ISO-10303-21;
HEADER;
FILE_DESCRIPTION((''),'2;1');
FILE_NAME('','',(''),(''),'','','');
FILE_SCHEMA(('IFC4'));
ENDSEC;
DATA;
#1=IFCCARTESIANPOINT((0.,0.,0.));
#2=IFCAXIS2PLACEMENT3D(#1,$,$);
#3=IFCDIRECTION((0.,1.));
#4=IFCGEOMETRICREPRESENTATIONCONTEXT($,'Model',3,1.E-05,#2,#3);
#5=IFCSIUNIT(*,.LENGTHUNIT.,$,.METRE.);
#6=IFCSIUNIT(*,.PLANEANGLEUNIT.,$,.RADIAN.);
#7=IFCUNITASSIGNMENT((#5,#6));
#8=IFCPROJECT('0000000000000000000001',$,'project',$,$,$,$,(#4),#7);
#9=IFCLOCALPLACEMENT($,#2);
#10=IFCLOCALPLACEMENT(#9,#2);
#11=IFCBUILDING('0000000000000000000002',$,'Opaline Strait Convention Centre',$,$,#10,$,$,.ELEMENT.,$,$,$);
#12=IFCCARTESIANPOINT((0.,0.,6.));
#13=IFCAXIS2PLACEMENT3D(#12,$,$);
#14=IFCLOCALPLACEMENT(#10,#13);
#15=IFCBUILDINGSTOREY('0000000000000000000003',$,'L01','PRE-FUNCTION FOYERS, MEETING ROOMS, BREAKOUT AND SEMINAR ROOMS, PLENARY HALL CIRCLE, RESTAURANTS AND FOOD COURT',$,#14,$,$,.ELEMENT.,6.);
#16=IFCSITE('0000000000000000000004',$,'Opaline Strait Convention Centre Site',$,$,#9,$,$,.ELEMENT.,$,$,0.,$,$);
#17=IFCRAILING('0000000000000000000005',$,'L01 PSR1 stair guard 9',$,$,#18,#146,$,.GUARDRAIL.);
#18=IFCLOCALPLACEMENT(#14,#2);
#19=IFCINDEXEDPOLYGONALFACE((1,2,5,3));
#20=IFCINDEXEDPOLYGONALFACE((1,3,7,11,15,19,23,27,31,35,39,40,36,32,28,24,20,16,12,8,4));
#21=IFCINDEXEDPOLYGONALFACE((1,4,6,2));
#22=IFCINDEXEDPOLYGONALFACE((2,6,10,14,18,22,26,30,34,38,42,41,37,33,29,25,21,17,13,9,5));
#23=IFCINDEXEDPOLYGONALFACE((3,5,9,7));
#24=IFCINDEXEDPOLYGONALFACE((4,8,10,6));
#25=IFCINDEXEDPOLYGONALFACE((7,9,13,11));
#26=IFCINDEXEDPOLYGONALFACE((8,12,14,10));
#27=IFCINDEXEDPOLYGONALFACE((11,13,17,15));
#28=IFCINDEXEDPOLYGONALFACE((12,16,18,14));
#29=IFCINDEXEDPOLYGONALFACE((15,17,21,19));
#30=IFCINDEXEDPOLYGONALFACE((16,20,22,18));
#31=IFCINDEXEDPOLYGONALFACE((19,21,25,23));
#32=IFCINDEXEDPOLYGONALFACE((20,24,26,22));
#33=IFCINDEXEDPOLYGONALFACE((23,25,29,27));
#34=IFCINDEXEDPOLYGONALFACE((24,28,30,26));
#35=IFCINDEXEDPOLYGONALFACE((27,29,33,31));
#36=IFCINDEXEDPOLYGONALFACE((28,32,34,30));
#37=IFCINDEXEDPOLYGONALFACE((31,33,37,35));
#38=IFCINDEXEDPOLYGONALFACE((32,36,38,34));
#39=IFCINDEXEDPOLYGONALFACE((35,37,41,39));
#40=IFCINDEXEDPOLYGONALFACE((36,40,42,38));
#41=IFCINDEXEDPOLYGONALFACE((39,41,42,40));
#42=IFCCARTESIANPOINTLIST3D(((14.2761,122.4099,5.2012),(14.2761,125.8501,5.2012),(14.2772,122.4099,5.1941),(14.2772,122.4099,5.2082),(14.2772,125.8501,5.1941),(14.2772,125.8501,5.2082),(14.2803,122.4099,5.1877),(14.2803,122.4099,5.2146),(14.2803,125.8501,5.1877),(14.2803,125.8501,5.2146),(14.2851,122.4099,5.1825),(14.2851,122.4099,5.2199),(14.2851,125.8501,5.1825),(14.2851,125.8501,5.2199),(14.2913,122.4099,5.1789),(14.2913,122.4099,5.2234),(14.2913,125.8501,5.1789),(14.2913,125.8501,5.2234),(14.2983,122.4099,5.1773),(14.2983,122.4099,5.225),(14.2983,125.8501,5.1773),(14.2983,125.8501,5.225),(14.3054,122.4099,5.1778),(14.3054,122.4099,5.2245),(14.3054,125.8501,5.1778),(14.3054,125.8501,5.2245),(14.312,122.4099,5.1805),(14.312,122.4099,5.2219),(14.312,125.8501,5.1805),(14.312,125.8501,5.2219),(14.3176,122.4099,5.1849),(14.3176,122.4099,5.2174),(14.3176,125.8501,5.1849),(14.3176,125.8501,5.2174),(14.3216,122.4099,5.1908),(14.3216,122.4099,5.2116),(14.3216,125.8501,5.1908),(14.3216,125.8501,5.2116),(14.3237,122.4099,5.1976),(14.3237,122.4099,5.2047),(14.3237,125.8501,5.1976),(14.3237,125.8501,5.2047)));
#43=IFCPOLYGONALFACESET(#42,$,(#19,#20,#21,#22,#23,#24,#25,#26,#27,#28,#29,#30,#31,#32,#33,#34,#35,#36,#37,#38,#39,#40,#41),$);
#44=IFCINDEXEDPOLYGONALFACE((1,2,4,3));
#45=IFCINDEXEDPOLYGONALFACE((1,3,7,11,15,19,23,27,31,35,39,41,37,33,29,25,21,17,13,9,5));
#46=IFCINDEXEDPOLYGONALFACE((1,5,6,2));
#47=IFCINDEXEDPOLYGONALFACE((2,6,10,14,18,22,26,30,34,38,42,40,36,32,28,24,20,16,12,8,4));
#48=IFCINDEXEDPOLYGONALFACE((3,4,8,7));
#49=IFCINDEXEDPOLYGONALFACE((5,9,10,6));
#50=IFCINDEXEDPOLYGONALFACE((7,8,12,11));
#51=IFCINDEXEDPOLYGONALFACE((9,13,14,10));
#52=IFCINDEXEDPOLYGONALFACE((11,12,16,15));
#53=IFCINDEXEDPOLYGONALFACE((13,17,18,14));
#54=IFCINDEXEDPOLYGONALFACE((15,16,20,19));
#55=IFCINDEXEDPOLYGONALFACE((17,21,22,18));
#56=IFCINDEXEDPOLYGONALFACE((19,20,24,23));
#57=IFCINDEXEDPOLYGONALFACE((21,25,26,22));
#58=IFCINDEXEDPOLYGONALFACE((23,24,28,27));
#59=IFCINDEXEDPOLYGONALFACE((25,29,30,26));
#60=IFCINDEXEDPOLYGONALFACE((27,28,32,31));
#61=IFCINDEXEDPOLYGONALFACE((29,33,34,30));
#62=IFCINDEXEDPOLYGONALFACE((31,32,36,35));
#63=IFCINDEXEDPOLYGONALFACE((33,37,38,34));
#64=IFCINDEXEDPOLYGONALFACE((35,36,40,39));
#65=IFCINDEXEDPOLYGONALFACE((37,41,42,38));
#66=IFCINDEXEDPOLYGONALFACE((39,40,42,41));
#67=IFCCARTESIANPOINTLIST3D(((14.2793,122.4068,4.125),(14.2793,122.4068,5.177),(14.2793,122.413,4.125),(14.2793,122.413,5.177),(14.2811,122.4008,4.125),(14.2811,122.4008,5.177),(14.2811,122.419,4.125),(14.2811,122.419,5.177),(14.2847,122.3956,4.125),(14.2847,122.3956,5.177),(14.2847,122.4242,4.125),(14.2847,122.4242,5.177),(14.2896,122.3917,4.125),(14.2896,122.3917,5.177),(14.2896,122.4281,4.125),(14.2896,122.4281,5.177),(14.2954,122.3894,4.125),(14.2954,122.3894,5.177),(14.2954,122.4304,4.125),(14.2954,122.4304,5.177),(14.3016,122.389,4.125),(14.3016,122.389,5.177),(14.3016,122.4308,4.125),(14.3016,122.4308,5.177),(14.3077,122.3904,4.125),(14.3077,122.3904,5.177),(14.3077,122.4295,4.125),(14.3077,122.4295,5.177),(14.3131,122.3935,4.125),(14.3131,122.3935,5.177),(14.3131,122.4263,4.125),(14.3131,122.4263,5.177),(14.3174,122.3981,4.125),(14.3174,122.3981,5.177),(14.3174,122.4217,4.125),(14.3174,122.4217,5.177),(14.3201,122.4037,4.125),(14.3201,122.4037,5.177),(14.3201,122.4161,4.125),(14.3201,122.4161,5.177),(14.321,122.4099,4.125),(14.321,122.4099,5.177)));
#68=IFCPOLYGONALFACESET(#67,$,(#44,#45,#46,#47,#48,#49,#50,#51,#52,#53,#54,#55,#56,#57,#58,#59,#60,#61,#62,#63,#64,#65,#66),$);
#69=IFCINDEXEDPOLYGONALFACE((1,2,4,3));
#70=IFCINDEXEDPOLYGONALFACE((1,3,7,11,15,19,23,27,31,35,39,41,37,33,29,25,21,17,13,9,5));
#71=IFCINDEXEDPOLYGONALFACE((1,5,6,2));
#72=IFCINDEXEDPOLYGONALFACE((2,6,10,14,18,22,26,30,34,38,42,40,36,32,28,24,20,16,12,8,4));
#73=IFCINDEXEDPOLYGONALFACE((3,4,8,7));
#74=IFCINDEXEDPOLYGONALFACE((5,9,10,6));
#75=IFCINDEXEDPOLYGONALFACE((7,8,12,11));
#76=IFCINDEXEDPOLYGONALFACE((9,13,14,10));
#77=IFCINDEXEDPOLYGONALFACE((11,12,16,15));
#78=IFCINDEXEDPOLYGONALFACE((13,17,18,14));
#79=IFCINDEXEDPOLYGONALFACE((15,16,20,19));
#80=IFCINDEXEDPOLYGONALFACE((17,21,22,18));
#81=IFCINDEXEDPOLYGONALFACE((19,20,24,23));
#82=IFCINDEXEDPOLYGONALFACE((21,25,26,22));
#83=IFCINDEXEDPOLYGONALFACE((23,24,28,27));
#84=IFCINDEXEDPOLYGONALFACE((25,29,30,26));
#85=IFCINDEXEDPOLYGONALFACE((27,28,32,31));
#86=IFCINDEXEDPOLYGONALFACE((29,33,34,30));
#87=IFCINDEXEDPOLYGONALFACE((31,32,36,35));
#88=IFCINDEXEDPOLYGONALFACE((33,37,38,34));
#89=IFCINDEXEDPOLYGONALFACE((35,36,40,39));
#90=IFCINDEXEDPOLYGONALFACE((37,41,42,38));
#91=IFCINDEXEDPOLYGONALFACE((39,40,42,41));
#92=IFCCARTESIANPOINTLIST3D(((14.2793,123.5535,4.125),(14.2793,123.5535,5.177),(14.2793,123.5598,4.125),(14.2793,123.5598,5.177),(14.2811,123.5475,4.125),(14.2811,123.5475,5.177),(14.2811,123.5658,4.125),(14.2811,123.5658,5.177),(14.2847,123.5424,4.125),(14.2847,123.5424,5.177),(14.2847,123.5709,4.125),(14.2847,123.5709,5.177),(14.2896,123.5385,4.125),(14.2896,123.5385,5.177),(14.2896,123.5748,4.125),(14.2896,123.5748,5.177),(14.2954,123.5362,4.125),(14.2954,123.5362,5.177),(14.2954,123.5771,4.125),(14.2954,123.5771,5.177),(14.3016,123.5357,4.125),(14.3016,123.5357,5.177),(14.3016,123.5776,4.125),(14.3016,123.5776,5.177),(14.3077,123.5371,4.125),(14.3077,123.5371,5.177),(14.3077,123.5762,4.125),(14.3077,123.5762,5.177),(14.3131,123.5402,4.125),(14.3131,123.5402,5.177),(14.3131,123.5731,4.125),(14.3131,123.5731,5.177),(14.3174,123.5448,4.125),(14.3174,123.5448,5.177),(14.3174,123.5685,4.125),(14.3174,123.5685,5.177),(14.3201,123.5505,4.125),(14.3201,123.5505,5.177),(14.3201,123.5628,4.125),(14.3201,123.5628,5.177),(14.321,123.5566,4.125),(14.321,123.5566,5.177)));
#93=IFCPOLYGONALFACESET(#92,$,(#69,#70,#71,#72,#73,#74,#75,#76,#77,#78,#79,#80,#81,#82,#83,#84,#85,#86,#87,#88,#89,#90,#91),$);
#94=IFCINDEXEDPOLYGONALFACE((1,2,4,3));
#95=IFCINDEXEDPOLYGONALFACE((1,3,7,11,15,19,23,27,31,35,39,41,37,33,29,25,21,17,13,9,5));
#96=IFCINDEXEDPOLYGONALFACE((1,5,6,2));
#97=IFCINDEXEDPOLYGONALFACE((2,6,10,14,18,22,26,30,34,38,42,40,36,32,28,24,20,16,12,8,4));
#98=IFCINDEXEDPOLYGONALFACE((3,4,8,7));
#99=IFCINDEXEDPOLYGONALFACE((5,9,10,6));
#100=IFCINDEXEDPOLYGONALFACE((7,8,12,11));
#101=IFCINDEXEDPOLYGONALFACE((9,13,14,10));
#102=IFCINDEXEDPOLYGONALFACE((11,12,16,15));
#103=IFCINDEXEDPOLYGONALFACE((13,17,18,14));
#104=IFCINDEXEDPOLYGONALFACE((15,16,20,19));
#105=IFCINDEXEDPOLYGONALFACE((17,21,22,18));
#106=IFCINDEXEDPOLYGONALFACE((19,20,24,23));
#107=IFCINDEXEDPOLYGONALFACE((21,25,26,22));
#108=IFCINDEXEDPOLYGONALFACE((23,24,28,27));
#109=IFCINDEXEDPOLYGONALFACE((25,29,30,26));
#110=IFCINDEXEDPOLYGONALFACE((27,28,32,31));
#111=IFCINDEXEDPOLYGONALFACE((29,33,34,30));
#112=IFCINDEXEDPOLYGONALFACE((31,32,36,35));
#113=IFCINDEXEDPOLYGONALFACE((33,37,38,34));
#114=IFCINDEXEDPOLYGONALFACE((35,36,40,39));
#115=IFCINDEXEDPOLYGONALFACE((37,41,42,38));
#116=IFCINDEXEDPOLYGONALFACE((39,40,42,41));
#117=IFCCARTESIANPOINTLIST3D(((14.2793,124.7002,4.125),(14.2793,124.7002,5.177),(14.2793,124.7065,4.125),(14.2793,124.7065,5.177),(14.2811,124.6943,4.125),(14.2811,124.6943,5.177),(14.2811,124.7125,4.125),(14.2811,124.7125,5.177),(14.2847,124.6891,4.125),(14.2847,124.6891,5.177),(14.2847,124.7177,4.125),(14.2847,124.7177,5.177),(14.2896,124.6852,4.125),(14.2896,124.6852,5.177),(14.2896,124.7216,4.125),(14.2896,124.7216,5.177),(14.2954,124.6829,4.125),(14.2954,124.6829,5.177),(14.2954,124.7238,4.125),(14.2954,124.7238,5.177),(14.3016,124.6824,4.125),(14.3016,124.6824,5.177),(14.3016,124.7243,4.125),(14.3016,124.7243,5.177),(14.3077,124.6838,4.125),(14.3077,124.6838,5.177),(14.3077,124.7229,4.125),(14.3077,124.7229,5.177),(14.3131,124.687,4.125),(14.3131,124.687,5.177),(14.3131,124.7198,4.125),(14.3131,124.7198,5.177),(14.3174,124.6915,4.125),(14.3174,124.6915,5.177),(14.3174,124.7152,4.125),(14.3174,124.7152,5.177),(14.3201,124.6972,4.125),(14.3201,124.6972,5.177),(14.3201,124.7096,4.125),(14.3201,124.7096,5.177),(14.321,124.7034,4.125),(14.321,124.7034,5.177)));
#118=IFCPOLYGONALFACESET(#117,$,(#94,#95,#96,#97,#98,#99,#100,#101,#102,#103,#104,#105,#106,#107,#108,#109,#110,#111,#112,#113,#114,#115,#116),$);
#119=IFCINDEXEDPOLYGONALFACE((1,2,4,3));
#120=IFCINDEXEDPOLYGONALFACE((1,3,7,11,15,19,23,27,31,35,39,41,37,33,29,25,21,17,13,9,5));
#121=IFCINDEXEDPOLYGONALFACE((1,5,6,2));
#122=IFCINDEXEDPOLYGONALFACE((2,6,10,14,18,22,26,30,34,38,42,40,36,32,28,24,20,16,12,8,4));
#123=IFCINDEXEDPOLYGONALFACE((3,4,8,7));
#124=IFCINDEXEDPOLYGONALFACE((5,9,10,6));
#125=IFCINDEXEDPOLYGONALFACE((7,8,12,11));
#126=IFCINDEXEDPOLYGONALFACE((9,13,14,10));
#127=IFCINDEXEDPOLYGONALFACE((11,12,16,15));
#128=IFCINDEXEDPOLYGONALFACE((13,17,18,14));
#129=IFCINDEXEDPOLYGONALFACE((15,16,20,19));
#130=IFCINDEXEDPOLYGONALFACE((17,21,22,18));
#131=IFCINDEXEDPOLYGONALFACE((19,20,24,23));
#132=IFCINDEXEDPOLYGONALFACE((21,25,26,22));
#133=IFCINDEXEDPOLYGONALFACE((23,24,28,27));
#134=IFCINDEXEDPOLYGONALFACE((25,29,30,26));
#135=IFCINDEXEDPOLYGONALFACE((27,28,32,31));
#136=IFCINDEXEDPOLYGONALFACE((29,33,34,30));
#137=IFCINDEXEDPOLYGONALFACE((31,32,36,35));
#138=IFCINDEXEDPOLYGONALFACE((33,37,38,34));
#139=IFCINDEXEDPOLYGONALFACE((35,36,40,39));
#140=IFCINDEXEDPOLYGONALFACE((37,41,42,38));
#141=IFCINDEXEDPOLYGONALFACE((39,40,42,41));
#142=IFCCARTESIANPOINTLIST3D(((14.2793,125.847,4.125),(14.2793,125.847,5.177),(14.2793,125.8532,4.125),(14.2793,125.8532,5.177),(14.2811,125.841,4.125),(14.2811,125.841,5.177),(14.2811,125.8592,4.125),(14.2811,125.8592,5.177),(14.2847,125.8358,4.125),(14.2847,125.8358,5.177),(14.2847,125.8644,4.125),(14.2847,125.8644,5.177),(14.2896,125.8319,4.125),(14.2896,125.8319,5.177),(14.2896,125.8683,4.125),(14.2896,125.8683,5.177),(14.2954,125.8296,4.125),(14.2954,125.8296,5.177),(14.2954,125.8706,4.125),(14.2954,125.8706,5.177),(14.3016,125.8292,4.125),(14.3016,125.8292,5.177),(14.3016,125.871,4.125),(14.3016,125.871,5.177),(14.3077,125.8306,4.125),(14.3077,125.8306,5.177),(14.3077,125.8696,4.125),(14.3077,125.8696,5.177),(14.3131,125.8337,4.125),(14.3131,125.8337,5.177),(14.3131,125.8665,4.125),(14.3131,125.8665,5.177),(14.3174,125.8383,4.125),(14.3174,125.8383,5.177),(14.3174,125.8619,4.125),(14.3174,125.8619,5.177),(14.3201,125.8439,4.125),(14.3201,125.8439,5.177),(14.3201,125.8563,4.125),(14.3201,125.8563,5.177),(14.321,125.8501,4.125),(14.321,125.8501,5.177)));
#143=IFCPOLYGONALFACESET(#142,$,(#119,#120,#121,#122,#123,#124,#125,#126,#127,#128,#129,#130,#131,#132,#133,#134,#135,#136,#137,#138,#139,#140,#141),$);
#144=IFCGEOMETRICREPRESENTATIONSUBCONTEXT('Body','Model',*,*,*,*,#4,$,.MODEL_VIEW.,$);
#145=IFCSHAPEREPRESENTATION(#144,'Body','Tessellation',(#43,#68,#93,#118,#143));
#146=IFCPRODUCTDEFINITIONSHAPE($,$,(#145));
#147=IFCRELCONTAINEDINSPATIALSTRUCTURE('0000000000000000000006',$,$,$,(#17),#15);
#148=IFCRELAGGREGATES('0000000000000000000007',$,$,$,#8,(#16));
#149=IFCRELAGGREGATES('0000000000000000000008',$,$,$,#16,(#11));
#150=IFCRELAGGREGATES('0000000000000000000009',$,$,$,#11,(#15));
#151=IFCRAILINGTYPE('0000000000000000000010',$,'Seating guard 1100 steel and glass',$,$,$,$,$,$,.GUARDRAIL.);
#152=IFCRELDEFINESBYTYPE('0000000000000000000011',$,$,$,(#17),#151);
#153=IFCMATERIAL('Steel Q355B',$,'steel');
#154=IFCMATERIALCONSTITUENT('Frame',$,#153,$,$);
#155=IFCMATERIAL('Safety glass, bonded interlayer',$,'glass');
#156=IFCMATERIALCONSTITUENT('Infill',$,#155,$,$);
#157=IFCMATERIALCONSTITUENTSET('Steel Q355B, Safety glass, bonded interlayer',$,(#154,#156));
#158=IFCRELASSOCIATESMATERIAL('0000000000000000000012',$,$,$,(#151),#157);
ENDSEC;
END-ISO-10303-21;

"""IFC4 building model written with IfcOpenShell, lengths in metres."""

from ifc_helpers import new_model, si_unit, direction, frame, origin, origin_2d, place, context, subcontext, project, spatial, circle, extrude, material, constituent, constituent_set, type_object, element, save


model = new_model("IFC4")

# Units and contexts
model_context = context("Model", 3, precision=1e-05, world=origin(), true_north=direction((0.0, 1.0)))
body_context = subcontext(model_context, "Body", "Model", "MODEL_VIEW")
ifc_project = project(units=[si_unit("LENGTHUNIT", "METRE"), si_unit("PLANEANGLEUNIT", "RADIAN")], contexts=[model_context])

# Site, building, storey
site_placement = place(None, origin())
site = spatial("IfcSite", under=ifc_project, at=site_placement, Name="Opaline Strait Convention Centre Site", CompositionType="ELEMENT", RefElevation=0.0)
building_placement = place(site_placement, origin())
building = spatial("IfcBuilding", under=site, at=building_placement, Name="Opaline Strait Convention Centre", CompositionType="ELEMENT")
storey_placement = place(building_placement, frame((0.0, 0.0, 6.0)))
storey = spatial("IfcBuildingStorey", under=building, at=storey_placement, Name="L01", Description="PRE-FUNCTION FOYERS, MEETING ROOMS, BREAKOUT AND SEMINAR ROOMS, PLENARY HALL CIRCLE, RESTAURANTS AND FOOD COURT", CompositionType="ELEMENT", Elevation=6.0)

# Railing
ifc_material_1 = material(Name="Steel Q355B", Category="steel")
ifc_constituent_1 = constituent(ifc_material_1, Name="Frame")
ifc_material_2 = material(Name="Safety glass, bonded interlayer", Category="glass")
ifc_constituent_2 = constituent(ifc_material_2, Name="Infill")
ifc_constituent_set = constituent_set(constituents=[ifc_constituent_1, ifc_constituent_2], Name="Steel Q355B, Safety glass, bonded interlayer")
railing_type = type_object("IfcRailingType", Name="Seating guard 1100 steel and glass", PredefinedType="GUARDRAIL", material=ifc_constituent_set)
railing_1_placement = place(storey_placement, frame((14.3, 122.4099, 4.125)))
element("IfcRailing", 1, at=railing_1_placement, inside=storey, type_object=railing_type, Name="L01 PSR1 stair guard 9", PredefinedType="GUARDRAIL", context=body_context, shape_type="SweptSolid", body=[
    extrude(circle(Radius=0.0239, at=origin_2d()), frame((0.0, 0.0, 1.0762), z_axis=(0.0, 1.0, 0.0), x_axis=(-1.0, 0.0, 0.0)), (0.0, 0.0, 1.0), 3.4402),
    extrude(circle(Radius=0.021, at=origin_2d()), origin(), (0.0, 0.0, 1.0), 1.052),
    extrude(circle(Radius=0.021, at=origin_2d()), frame((0.0, 1.1467, 0.0)), (0.0, 0.0, 1.0), 1.052),
    extrude(circle(Radius=0.021, at=origin_2d()), frame((0.0, 2.2935, 0.0)), (0.0, 0.0, 1.0), 1.052),
    extrude(circle(Radius=0.021, at=origin_2d()), frame((0.0, 3.4402, 0.0)), (0.0, 0.0, 1.0), 1.052),
])

save(model, "model.ifc")
